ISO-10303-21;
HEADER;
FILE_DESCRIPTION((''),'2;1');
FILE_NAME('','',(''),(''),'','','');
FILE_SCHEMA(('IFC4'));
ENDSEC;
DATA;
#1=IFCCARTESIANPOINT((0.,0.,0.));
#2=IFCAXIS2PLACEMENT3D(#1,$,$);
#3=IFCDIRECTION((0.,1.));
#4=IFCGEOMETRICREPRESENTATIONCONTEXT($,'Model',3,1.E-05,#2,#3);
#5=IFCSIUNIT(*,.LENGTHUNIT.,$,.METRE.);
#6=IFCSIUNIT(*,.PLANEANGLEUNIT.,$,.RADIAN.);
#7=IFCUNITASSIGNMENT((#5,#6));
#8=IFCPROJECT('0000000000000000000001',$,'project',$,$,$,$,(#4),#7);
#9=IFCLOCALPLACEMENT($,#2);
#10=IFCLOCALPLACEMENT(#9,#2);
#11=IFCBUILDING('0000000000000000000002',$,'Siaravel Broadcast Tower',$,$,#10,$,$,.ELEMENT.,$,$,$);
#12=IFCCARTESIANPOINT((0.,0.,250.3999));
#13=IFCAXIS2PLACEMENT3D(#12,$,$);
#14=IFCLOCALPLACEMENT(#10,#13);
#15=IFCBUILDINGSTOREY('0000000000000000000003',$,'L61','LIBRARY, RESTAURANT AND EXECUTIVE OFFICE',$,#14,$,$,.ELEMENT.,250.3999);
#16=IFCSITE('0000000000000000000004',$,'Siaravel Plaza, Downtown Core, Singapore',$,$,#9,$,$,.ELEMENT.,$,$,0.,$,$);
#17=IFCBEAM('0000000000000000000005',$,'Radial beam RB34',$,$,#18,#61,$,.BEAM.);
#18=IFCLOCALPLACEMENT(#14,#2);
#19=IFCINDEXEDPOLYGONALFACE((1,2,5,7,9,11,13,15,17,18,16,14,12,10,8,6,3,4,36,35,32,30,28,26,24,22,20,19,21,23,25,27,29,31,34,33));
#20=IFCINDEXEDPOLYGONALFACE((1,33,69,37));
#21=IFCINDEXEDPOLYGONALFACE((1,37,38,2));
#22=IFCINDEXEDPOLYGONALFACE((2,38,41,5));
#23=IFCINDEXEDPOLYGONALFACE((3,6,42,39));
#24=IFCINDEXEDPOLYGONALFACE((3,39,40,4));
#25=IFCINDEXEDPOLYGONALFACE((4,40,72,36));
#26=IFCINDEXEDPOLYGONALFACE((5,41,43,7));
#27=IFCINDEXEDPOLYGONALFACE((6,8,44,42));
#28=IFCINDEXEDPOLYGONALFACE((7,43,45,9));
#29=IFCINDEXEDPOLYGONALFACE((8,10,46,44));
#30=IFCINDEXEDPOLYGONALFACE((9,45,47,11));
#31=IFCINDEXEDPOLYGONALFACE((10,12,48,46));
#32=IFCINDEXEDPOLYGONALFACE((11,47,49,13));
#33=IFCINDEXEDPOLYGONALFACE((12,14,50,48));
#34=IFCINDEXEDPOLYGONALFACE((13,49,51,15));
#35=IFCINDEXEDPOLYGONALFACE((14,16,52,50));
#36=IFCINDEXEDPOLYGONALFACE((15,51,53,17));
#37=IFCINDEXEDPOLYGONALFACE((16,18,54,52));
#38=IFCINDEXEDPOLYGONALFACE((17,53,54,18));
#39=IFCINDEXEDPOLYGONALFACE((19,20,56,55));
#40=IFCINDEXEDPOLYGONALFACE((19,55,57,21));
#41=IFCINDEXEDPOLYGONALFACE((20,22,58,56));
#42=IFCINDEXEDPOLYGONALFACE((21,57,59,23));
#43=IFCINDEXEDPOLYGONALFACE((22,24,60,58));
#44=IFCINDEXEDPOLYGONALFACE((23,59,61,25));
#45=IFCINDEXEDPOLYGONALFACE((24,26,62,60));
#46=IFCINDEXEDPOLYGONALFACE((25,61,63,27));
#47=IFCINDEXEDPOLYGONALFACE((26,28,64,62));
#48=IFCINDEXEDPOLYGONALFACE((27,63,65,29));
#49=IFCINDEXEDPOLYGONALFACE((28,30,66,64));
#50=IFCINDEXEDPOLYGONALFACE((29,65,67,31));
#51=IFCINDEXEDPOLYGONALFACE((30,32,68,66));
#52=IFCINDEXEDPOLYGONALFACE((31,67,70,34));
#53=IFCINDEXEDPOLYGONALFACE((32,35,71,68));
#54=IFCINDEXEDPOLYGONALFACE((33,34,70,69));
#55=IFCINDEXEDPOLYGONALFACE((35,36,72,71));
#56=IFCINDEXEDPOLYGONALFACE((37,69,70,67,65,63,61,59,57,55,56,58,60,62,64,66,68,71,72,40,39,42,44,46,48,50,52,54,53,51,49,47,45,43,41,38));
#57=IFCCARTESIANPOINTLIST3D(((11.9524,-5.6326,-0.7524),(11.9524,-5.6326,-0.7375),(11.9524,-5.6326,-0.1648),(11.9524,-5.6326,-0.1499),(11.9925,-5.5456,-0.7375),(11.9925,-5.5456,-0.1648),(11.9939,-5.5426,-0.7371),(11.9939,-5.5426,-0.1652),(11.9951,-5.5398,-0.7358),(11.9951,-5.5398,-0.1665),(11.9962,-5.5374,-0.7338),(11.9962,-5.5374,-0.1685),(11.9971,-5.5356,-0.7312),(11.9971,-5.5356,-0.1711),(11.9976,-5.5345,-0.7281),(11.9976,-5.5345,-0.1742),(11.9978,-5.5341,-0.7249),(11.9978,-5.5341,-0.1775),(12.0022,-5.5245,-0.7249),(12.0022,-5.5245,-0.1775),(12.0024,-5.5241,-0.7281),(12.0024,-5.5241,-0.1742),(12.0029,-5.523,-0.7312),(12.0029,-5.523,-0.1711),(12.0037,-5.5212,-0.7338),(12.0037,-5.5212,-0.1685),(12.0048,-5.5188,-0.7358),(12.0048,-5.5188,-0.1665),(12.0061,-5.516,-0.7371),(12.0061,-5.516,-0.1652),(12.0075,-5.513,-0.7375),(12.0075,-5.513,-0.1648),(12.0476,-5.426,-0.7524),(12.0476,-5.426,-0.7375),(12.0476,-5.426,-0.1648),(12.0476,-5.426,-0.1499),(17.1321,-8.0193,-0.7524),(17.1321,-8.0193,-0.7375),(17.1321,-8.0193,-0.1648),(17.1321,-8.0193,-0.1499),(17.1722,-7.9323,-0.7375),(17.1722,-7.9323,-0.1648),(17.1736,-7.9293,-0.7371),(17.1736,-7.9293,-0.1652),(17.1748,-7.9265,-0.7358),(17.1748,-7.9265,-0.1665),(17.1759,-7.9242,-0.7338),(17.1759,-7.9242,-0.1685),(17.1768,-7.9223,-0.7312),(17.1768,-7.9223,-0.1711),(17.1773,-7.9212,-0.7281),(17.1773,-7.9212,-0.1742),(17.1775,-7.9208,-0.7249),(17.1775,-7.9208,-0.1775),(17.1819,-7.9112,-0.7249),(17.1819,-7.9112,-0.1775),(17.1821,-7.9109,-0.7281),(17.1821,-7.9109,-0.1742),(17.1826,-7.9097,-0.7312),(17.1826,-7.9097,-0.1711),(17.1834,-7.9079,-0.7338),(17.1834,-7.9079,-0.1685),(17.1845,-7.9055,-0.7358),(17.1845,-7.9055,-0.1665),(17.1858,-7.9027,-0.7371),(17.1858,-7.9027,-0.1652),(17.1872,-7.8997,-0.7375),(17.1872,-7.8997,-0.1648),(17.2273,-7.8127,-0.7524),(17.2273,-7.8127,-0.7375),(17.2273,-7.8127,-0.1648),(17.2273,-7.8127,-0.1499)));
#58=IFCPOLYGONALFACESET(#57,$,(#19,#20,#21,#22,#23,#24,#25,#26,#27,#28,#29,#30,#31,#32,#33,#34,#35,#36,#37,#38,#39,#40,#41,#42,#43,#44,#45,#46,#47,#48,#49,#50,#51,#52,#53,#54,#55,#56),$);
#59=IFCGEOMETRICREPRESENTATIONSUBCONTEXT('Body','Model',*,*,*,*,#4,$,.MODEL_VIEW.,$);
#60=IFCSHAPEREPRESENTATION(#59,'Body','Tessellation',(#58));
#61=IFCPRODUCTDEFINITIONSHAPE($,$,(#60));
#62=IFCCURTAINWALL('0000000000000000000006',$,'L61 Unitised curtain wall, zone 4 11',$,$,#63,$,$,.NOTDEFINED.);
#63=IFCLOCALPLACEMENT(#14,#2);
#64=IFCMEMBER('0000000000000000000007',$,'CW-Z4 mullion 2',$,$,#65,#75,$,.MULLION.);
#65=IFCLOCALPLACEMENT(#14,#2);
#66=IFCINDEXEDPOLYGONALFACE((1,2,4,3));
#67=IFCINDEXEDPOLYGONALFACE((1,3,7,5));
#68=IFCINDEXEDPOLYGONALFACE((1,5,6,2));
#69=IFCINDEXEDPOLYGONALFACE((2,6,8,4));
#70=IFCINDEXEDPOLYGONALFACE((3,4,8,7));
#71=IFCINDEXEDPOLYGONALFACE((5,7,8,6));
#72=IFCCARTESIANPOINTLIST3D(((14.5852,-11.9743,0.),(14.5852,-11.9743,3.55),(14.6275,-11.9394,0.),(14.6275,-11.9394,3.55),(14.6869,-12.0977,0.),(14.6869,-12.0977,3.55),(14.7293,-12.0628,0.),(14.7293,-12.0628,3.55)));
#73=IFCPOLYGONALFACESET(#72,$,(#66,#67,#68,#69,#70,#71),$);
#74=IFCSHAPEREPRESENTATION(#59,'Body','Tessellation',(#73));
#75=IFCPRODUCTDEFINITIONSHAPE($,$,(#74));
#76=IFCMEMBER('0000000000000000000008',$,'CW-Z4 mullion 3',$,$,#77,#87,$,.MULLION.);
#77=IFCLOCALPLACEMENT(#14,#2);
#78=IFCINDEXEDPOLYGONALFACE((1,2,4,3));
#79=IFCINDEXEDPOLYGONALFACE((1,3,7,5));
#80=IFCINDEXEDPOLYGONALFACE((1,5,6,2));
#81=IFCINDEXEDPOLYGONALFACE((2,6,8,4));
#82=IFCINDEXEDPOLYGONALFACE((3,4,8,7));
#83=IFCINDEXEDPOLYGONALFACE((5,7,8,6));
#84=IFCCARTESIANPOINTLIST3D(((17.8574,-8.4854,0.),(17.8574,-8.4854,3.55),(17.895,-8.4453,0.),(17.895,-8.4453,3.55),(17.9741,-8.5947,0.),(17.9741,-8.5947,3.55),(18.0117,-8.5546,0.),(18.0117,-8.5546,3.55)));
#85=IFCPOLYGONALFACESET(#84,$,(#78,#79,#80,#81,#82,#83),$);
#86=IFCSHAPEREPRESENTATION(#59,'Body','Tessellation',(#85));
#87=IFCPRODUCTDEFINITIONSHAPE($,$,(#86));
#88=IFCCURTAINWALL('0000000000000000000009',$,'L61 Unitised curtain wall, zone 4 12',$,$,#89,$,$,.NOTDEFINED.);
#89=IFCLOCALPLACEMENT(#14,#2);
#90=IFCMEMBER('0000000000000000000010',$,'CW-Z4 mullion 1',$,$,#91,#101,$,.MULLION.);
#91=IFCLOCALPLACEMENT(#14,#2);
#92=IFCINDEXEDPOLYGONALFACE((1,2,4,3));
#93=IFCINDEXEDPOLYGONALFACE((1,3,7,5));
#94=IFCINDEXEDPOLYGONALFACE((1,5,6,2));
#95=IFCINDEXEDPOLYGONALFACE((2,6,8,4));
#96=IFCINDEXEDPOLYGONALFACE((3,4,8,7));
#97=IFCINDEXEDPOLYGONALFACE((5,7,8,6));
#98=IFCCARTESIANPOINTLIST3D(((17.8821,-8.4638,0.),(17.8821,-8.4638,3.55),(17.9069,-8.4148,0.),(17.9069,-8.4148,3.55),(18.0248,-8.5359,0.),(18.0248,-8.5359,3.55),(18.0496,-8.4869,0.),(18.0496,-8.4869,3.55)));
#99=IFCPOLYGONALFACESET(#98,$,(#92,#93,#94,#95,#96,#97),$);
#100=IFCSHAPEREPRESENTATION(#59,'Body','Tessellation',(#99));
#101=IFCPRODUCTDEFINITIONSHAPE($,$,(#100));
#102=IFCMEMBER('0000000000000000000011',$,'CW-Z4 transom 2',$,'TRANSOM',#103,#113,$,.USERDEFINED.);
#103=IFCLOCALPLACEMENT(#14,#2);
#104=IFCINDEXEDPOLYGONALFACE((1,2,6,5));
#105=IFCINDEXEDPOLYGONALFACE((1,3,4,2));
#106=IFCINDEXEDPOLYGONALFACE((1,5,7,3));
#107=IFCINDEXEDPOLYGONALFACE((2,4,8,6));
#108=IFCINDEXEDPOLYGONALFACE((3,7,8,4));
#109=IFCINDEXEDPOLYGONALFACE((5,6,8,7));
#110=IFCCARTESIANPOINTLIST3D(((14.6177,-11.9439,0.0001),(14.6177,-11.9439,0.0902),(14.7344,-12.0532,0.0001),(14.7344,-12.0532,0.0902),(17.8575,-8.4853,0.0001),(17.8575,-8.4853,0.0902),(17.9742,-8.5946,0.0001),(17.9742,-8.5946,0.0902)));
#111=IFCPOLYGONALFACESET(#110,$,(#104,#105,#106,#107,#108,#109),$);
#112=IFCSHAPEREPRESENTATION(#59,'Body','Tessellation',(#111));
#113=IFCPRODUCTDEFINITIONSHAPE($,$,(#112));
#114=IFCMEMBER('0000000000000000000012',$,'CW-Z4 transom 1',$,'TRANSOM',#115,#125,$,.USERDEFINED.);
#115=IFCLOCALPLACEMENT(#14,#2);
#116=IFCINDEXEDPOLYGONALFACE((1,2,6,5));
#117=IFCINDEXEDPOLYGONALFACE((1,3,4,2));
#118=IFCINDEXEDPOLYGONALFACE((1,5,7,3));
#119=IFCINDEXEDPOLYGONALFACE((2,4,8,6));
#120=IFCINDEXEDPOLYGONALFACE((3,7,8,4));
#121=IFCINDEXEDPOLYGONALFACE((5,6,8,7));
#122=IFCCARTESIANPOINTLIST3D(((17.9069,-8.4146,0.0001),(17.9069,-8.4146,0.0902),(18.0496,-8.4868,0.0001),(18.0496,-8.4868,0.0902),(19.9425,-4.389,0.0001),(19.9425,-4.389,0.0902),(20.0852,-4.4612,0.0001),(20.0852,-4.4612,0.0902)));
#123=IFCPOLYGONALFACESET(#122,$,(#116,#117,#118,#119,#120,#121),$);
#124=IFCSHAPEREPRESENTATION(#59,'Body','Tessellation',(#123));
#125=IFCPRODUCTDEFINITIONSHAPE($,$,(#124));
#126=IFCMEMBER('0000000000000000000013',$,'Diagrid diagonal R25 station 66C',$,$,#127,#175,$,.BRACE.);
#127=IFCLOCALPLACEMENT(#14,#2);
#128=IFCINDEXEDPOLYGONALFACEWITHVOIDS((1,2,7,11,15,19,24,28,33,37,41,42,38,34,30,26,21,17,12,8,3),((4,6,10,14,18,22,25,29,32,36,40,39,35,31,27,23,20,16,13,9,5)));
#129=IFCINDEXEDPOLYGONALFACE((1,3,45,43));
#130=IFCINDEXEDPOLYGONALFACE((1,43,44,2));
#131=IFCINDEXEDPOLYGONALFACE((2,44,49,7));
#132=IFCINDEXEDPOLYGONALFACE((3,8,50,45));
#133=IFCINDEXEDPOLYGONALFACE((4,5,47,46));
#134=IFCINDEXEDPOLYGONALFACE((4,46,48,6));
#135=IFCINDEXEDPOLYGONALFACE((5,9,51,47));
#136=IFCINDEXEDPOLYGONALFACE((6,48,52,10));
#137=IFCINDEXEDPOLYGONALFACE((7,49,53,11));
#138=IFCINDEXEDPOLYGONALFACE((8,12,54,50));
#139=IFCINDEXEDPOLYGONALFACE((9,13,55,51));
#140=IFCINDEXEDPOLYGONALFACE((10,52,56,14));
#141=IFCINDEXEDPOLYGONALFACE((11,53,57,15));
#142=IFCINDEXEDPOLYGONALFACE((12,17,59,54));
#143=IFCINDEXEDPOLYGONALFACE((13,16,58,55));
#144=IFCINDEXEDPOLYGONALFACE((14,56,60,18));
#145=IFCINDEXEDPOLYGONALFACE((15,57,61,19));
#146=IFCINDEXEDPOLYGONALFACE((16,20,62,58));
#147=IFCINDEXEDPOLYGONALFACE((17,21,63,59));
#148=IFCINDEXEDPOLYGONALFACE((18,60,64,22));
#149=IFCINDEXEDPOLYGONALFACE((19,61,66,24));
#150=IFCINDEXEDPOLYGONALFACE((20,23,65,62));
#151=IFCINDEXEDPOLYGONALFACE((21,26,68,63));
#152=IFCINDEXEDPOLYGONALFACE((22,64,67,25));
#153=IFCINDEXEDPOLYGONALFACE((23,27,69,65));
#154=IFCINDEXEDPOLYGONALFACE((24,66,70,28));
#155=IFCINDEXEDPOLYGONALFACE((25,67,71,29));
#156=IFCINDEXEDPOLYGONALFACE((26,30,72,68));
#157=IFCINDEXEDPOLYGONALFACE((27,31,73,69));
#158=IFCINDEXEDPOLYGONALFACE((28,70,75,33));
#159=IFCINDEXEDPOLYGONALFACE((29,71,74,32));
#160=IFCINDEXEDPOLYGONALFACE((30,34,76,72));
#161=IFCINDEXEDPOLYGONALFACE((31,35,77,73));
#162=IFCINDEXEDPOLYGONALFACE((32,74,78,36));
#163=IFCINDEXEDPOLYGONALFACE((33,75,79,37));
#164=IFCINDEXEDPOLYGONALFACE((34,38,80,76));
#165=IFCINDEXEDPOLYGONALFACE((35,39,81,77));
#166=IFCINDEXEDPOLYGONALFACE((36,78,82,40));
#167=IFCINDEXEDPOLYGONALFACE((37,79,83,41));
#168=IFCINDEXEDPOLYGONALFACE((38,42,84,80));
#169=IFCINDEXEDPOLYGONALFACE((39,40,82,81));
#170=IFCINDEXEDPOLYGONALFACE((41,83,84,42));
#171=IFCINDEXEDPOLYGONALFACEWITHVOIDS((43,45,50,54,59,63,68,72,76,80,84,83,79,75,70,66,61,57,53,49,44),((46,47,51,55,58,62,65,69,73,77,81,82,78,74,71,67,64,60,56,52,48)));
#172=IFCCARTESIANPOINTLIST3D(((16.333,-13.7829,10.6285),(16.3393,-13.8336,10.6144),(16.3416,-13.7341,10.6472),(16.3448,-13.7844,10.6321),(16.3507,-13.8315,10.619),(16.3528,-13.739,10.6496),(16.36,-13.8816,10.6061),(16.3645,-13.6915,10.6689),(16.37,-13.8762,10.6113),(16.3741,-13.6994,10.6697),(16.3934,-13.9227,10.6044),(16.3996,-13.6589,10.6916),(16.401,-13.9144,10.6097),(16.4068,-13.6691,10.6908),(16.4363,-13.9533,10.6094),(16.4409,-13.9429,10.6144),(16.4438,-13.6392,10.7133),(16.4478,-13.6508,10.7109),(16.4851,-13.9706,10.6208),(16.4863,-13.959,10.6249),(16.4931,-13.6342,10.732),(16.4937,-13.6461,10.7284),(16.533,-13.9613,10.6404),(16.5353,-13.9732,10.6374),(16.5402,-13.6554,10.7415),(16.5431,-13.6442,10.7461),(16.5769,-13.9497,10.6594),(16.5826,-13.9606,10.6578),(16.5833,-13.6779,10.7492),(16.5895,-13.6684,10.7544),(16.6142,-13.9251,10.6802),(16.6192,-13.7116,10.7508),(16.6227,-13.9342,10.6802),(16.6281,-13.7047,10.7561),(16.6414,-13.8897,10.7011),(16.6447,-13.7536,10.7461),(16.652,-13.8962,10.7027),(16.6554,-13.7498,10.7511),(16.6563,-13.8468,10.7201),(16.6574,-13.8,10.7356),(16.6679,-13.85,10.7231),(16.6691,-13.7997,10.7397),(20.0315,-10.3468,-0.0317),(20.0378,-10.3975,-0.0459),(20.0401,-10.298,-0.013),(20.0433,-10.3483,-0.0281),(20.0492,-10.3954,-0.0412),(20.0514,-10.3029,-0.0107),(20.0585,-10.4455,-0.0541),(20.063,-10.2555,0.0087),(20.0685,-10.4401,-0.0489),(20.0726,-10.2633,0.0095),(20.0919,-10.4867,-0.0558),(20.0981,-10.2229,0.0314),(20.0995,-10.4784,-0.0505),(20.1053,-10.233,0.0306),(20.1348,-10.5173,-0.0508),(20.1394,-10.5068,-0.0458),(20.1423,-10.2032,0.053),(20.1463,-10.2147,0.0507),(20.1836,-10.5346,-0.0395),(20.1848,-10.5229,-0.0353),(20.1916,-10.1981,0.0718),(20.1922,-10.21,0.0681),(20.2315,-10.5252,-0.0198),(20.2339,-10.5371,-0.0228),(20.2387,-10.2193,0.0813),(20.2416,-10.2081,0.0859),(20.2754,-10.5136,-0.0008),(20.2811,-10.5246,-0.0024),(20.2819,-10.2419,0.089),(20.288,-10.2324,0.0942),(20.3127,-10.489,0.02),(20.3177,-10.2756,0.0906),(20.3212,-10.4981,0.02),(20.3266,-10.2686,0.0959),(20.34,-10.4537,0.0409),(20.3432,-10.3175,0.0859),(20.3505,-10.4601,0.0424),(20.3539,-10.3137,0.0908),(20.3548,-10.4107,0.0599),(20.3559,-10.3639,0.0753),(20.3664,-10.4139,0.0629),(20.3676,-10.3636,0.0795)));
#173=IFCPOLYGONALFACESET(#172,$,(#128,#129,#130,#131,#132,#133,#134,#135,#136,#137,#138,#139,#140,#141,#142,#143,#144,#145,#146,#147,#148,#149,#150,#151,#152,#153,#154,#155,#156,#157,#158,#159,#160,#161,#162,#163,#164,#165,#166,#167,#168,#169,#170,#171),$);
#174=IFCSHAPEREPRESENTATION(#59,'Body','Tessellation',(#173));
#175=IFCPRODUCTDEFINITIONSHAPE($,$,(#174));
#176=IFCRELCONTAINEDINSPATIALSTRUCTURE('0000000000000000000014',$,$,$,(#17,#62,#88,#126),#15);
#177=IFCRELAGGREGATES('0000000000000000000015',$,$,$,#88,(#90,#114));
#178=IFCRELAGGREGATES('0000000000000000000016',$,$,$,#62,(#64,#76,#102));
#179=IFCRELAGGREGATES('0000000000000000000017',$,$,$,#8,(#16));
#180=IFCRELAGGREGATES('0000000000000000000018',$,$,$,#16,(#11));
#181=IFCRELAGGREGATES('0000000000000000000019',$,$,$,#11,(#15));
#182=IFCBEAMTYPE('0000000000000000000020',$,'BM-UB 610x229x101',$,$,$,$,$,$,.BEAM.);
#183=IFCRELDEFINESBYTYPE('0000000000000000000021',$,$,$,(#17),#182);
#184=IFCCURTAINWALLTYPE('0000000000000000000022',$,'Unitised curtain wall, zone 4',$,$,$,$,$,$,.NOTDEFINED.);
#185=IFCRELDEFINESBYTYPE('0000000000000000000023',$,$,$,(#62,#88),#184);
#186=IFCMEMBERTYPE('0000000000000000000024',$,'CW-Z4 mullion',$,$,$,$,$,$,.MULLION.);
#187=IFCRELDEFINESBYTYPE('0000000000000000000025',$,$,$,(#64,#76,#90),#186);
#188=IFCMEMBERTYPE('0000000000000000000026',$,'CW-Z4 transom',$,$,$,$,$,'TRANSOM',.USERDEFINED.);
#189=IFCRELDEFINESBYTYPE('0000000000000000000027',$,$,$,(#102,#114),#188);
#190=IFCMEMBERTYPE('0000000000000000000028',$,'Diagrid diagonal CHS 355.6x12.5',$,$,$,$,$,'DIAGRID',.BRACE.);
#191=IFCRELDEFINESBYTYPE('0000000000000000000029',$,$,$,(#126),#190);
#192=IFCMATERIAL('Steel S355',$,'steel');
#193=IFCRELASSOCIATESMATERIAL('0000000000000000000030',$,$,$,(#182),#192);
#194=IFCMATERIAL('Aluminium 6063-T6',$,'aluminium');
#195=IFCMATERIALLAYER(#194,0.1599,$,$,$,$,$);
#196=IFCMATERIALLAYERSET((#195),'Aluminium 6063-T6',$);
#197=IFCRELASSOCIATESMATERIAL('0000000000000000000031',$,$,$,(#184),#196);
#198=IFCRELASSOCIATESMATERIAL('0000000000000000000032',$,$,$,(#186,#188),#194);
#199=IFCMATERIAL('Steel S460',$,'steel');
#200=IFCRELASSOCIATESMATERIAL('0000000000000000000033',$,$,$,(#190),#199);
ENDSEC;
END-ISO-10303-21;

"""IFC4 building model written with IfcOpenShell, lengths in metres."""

from ifc_helpers import new_model, si_unit, direction, frame, origin, origin_2d, place, context, subcontext, project, spatial, rectangle, hollow_circle, i_section, extrude, material, layer, layer_set, material_profile, profile_set, type_object, element, aggregate, save


model = new_model("IFC4")

# Units and contexts
model_context = context("Model", 3, precision=1e-05, world=origin(), true_north=direction((0.0, 1.0)))
body_context = subcontext(model_context, "Body", "Model", "MODEL_VIEW")
ifc_project = project(units=[si_unit("LENGTHUNIT", "METRE"), si_unit("PLANEANGLEUNIT", "RADIAN")], contexts=[model_context])

# Site, building, storey
site_placement = place(None, origin())
site = spatial("IfcSite", under=ifc_project, at=site_placement, Name="Siaravel Plaza, Downtown Core, Singapore", CompositionType="ELEMENT", RefElevation=0.0)
building_placement = place(site_placement, origin())
building = spatial("IfcBuilding", under=site, at=building_placement, Name="Siaravel Broadcast Tower", CompositionType="ELEMENT")
storey_placement = place(building_placement, frame((0.0, 0.0, 250.3999)))
storey = spatial("IfcBuildingStorey", under=building, at=storey_placement, Name="L61", Description="LIBRARY, RESTAURANT AND EXECUTIVE OFFICE", CompositionType="ELEMENT", Elevation=250.3999)

# Beam
ifc_material_1 = material(Name="Steel S355", Category="steel")
ifc_material_profile_1 = material_profile(ifc_material_1, i_section(OverallWidth=0.2275, OverallDepth=0.6025, WebThickness=0.0105, FlangeThickness=0.0149, FilletRadius=0.0127, at=origin_2d()))
ifc_profile_set_1 = profile_set([ifc_material_profile_1], Name="Steel S355")
beam_type = type_object("IfcBeamType", Name="BM-UB 610x229x101", PredefinedType="BEAM", material=ifc_profile_set_1)
beam_1_placement = place(storey_placement, frame((17.1797, -7.916, -0.4512), z_axis=(-0.90822, 0.418493, 0.0), x_axis=(-0.418493, -0.90822, 0.0)))
element("IfcBeam", 1, at=beam_1_placement, inside=storey, type_object=beam_type, Name="Radial beam RB34", PredefinedType="BEAM", context=body_context, shape_type="SweptSolid", body=[
    extrude(i_section(OverallWidth=0.2275, OverallDepth=0.6025, WebThickness=0.0105, FlangeThickness=0.0149, FilletRadius=0.0127, at=origin_2d()), origin(), (0.0, 0.0, 1.0), 5.7031),
])

# Curtain wall, members
ifc_material_2 = material(Name="Aluminium 6063-T6", Category="aluminium")
ifc_layer_1 = layer(ifc_material_2, 0.1599)
ifc_layer_set_1 = layer_set([ifc_layer_1], Name="Aluminium 6063-T6")
curtain_wall_type = type_object("IfcCurtainWallType", Name="Unitised curtain wall, zone 4", PredefinedType="NOTDEFINED", material=ifc_layer_set_1)
curtain_wall_1_placement = place(storey_placement, origin())
curtain_wall_1 = element("IfcCurtainWall", 2, at=curtain_wall_1_placement, inside=storey, type_object=curtain_wall_type, Name="L61 Unitised curtain wall, zone 4 11", PredefinedType="NOTDEFINED")
ifc_material_profile_2 = material_profile(ifc_material_2, rectangle(XDim=0.1599, YDim=0.0549, at=origin_2d()))
ifc_profile_set_2 = profile_set([ifc_material_profile_2], Name="Aluminium 6063-T6")
member_type_1 = type_object("IfcMemberType", Name="CW-Z4 mullion", PredefinedType="MULLION", material=ifc_profile_set_2)
member_1_placement = place(storey_placement, frame((14.6572, -12.0186, 0.0), z_axis=(0.0, 0.0, 1.0), x_axis=(-0.63622, 0.771508, 0.0)))
member_1 = element("IfcMember", 3, at=member_1_placement, type_object=member_type_1, Name="CW-Z4 mullion 2", PredefinedType="MULLION", context=body_context, shape_type="SweptSolid", body=[
    extrude(rectangle(XDim=0.1599, YDim=0.0549, at=origin_2d()), origin(), (0.0, 0.0, 1.0), 3.55),
])
member_2_placement = place(storey_placement, frame((17.9346, -8.52, 0.0), z_axis=(0.0, 0.0, 1.0), x_axis=(-0.729807, 0.683654, 0.0)))
member_2 = element("IfcMember", 4, at=member_2_placement, type_object=member_type_1, Name="CW-Z4 mullion 3", PredefinedType="MULLION", context=body_context, shape_type="SweptSolid", body=[
    extrude(rectangle(XDim=0.1599, YDim=0.0549, at=origin_2d()), origin(), (0.0, 0.0, 1.0), 3.55),
])

# Curtain wall, member
curtain_wall_2_placement = place(storey_placement, origin())
curtain_wall_2 = element("IfcCurtainWall", 5, at=curtain_wall_2_placement, inside=storey, type_object=curtain_wall_type, Name="L61 Unitised curtain wall, zone 4 12", PredefinedType="NOTDEFINED")
member_3_placement = place(storey_placement, frame((17.9658, -8.4753, 0.0), z_axis=(0.0, 0.0, 1.0), x_axis=(-0.892393, 0.451259, 0.0)))
member_3 = element("IfcMember", 6, at=member_3_placement, type_object=member_type_1, Name="CW-Z4 mullion 1", PredefinedType="MULLION", context=body_context, shape_type="SweptSolid", body=[
    extrude(rectangle(XDim=0.1599, YDim=0.0549, at=origin_2d()), origin(), (0.0, 0.0, 1.0), 3.55),
])

# Members
ifc_material_profile_3 = material_profile(ifc_material_2, rectangle(XDim=0.1599, YDim=0.0901, at=origin_2d()))
ifc_profile_set_3 = profile_set([ifc_material_profile_3], Name="Aluminium 6063-T6")
member_type_2 = type_object("IfcMemberType", Name="CW-Z4 transom", ElementType="TRANSOM", PredefinedType="USERDEFINED", material=ifc_profile_set_3)
member_4_placement = place(storey_placement, frame((14.676, -11.9985, 0.0452), z_axis=(0.68365, 0.72981, 0.0), x_axis=(-0.72981, 0.68365, 0.0)))
member_4 = element("IfcMember", 7, at=member_4_placement, type_object=member_type_2, Name="CW-Z4 transom 2", ObjectType="TRANSOM", PredefinedType="USERDEFINED", context=body_context, shape_type="SweptSolid", body=[
    extrude(rectangle(XDim=0.1599, YDim=0.0901, at=origin_2d()), origin(), (0.0, 0.0, 1.0), 4.739),
])
member_5_placement = place(storey_placement, frame((17.9783, -8.4507, 0.0452), z_axis=(0.451257, 0.892394, 0.0), x_axis=(-0.892394, 0.451257, 0.0)))
member_5 = element("IfcMember", 8, at=member_5_placement, type_object=member_type_2, Name="CW-Z4 transom 1", ObjectType="TRANSOM", PredefinedType="USERDEFINED", context=body_context, shape_type="SweptSolid", body=[
    extrude(rectangle(XDim=0.1599, YDim=0.0901, at=origin_2d()), origin(), (0.0, 0.0, 1.0), 4.511),
])
aggregate(curtain_wall_2, [member_3, member_5])

# Member
ifc_material_3 = material(Name="Steel S460", Category="steel")
ifc_material_profile_4 = material_profile(ifc_material_3, hollow_circle(Radius=0.1777, WallThickness=0.0125, at=origin_2d()))
ifc_profile_set_4 = profile_set([ifc_material_profile_4], Name="Steel S460")
member_type_3 = type_object("IfcMemberType", Name="Diagrid diagonal CHS 355.6x12.5", ElementType="DIAGRID", PredefinedType="BRACE", material=ifc_profile_set_4)
member_6_placement = place(storey_placement, frame((20.2002, -10.3679, 0.02), z_axis=(-0.313562, -0.291311, 0.903779), x_axis=(0.680635, -0.732623, 0.0)))
element("IfcMember", 9, at=member_6_placement, inside=storey, type_object=member_type_3, Name="Diagrid diagonal R25 station 66C", PredefinedType="BRACE", context=body_context, shape_type="SweptSolid", body=[
    extrude(hollow_circle(Radius=0.1777, WallThickness=0.0125, at=origin_2d()), origin(), (0.0, 0.0, 1.0), 11.7952),
])

aggregate(curtain_wall_1, [member_1, member_2, member_4])

save(model, "model.ifc")
